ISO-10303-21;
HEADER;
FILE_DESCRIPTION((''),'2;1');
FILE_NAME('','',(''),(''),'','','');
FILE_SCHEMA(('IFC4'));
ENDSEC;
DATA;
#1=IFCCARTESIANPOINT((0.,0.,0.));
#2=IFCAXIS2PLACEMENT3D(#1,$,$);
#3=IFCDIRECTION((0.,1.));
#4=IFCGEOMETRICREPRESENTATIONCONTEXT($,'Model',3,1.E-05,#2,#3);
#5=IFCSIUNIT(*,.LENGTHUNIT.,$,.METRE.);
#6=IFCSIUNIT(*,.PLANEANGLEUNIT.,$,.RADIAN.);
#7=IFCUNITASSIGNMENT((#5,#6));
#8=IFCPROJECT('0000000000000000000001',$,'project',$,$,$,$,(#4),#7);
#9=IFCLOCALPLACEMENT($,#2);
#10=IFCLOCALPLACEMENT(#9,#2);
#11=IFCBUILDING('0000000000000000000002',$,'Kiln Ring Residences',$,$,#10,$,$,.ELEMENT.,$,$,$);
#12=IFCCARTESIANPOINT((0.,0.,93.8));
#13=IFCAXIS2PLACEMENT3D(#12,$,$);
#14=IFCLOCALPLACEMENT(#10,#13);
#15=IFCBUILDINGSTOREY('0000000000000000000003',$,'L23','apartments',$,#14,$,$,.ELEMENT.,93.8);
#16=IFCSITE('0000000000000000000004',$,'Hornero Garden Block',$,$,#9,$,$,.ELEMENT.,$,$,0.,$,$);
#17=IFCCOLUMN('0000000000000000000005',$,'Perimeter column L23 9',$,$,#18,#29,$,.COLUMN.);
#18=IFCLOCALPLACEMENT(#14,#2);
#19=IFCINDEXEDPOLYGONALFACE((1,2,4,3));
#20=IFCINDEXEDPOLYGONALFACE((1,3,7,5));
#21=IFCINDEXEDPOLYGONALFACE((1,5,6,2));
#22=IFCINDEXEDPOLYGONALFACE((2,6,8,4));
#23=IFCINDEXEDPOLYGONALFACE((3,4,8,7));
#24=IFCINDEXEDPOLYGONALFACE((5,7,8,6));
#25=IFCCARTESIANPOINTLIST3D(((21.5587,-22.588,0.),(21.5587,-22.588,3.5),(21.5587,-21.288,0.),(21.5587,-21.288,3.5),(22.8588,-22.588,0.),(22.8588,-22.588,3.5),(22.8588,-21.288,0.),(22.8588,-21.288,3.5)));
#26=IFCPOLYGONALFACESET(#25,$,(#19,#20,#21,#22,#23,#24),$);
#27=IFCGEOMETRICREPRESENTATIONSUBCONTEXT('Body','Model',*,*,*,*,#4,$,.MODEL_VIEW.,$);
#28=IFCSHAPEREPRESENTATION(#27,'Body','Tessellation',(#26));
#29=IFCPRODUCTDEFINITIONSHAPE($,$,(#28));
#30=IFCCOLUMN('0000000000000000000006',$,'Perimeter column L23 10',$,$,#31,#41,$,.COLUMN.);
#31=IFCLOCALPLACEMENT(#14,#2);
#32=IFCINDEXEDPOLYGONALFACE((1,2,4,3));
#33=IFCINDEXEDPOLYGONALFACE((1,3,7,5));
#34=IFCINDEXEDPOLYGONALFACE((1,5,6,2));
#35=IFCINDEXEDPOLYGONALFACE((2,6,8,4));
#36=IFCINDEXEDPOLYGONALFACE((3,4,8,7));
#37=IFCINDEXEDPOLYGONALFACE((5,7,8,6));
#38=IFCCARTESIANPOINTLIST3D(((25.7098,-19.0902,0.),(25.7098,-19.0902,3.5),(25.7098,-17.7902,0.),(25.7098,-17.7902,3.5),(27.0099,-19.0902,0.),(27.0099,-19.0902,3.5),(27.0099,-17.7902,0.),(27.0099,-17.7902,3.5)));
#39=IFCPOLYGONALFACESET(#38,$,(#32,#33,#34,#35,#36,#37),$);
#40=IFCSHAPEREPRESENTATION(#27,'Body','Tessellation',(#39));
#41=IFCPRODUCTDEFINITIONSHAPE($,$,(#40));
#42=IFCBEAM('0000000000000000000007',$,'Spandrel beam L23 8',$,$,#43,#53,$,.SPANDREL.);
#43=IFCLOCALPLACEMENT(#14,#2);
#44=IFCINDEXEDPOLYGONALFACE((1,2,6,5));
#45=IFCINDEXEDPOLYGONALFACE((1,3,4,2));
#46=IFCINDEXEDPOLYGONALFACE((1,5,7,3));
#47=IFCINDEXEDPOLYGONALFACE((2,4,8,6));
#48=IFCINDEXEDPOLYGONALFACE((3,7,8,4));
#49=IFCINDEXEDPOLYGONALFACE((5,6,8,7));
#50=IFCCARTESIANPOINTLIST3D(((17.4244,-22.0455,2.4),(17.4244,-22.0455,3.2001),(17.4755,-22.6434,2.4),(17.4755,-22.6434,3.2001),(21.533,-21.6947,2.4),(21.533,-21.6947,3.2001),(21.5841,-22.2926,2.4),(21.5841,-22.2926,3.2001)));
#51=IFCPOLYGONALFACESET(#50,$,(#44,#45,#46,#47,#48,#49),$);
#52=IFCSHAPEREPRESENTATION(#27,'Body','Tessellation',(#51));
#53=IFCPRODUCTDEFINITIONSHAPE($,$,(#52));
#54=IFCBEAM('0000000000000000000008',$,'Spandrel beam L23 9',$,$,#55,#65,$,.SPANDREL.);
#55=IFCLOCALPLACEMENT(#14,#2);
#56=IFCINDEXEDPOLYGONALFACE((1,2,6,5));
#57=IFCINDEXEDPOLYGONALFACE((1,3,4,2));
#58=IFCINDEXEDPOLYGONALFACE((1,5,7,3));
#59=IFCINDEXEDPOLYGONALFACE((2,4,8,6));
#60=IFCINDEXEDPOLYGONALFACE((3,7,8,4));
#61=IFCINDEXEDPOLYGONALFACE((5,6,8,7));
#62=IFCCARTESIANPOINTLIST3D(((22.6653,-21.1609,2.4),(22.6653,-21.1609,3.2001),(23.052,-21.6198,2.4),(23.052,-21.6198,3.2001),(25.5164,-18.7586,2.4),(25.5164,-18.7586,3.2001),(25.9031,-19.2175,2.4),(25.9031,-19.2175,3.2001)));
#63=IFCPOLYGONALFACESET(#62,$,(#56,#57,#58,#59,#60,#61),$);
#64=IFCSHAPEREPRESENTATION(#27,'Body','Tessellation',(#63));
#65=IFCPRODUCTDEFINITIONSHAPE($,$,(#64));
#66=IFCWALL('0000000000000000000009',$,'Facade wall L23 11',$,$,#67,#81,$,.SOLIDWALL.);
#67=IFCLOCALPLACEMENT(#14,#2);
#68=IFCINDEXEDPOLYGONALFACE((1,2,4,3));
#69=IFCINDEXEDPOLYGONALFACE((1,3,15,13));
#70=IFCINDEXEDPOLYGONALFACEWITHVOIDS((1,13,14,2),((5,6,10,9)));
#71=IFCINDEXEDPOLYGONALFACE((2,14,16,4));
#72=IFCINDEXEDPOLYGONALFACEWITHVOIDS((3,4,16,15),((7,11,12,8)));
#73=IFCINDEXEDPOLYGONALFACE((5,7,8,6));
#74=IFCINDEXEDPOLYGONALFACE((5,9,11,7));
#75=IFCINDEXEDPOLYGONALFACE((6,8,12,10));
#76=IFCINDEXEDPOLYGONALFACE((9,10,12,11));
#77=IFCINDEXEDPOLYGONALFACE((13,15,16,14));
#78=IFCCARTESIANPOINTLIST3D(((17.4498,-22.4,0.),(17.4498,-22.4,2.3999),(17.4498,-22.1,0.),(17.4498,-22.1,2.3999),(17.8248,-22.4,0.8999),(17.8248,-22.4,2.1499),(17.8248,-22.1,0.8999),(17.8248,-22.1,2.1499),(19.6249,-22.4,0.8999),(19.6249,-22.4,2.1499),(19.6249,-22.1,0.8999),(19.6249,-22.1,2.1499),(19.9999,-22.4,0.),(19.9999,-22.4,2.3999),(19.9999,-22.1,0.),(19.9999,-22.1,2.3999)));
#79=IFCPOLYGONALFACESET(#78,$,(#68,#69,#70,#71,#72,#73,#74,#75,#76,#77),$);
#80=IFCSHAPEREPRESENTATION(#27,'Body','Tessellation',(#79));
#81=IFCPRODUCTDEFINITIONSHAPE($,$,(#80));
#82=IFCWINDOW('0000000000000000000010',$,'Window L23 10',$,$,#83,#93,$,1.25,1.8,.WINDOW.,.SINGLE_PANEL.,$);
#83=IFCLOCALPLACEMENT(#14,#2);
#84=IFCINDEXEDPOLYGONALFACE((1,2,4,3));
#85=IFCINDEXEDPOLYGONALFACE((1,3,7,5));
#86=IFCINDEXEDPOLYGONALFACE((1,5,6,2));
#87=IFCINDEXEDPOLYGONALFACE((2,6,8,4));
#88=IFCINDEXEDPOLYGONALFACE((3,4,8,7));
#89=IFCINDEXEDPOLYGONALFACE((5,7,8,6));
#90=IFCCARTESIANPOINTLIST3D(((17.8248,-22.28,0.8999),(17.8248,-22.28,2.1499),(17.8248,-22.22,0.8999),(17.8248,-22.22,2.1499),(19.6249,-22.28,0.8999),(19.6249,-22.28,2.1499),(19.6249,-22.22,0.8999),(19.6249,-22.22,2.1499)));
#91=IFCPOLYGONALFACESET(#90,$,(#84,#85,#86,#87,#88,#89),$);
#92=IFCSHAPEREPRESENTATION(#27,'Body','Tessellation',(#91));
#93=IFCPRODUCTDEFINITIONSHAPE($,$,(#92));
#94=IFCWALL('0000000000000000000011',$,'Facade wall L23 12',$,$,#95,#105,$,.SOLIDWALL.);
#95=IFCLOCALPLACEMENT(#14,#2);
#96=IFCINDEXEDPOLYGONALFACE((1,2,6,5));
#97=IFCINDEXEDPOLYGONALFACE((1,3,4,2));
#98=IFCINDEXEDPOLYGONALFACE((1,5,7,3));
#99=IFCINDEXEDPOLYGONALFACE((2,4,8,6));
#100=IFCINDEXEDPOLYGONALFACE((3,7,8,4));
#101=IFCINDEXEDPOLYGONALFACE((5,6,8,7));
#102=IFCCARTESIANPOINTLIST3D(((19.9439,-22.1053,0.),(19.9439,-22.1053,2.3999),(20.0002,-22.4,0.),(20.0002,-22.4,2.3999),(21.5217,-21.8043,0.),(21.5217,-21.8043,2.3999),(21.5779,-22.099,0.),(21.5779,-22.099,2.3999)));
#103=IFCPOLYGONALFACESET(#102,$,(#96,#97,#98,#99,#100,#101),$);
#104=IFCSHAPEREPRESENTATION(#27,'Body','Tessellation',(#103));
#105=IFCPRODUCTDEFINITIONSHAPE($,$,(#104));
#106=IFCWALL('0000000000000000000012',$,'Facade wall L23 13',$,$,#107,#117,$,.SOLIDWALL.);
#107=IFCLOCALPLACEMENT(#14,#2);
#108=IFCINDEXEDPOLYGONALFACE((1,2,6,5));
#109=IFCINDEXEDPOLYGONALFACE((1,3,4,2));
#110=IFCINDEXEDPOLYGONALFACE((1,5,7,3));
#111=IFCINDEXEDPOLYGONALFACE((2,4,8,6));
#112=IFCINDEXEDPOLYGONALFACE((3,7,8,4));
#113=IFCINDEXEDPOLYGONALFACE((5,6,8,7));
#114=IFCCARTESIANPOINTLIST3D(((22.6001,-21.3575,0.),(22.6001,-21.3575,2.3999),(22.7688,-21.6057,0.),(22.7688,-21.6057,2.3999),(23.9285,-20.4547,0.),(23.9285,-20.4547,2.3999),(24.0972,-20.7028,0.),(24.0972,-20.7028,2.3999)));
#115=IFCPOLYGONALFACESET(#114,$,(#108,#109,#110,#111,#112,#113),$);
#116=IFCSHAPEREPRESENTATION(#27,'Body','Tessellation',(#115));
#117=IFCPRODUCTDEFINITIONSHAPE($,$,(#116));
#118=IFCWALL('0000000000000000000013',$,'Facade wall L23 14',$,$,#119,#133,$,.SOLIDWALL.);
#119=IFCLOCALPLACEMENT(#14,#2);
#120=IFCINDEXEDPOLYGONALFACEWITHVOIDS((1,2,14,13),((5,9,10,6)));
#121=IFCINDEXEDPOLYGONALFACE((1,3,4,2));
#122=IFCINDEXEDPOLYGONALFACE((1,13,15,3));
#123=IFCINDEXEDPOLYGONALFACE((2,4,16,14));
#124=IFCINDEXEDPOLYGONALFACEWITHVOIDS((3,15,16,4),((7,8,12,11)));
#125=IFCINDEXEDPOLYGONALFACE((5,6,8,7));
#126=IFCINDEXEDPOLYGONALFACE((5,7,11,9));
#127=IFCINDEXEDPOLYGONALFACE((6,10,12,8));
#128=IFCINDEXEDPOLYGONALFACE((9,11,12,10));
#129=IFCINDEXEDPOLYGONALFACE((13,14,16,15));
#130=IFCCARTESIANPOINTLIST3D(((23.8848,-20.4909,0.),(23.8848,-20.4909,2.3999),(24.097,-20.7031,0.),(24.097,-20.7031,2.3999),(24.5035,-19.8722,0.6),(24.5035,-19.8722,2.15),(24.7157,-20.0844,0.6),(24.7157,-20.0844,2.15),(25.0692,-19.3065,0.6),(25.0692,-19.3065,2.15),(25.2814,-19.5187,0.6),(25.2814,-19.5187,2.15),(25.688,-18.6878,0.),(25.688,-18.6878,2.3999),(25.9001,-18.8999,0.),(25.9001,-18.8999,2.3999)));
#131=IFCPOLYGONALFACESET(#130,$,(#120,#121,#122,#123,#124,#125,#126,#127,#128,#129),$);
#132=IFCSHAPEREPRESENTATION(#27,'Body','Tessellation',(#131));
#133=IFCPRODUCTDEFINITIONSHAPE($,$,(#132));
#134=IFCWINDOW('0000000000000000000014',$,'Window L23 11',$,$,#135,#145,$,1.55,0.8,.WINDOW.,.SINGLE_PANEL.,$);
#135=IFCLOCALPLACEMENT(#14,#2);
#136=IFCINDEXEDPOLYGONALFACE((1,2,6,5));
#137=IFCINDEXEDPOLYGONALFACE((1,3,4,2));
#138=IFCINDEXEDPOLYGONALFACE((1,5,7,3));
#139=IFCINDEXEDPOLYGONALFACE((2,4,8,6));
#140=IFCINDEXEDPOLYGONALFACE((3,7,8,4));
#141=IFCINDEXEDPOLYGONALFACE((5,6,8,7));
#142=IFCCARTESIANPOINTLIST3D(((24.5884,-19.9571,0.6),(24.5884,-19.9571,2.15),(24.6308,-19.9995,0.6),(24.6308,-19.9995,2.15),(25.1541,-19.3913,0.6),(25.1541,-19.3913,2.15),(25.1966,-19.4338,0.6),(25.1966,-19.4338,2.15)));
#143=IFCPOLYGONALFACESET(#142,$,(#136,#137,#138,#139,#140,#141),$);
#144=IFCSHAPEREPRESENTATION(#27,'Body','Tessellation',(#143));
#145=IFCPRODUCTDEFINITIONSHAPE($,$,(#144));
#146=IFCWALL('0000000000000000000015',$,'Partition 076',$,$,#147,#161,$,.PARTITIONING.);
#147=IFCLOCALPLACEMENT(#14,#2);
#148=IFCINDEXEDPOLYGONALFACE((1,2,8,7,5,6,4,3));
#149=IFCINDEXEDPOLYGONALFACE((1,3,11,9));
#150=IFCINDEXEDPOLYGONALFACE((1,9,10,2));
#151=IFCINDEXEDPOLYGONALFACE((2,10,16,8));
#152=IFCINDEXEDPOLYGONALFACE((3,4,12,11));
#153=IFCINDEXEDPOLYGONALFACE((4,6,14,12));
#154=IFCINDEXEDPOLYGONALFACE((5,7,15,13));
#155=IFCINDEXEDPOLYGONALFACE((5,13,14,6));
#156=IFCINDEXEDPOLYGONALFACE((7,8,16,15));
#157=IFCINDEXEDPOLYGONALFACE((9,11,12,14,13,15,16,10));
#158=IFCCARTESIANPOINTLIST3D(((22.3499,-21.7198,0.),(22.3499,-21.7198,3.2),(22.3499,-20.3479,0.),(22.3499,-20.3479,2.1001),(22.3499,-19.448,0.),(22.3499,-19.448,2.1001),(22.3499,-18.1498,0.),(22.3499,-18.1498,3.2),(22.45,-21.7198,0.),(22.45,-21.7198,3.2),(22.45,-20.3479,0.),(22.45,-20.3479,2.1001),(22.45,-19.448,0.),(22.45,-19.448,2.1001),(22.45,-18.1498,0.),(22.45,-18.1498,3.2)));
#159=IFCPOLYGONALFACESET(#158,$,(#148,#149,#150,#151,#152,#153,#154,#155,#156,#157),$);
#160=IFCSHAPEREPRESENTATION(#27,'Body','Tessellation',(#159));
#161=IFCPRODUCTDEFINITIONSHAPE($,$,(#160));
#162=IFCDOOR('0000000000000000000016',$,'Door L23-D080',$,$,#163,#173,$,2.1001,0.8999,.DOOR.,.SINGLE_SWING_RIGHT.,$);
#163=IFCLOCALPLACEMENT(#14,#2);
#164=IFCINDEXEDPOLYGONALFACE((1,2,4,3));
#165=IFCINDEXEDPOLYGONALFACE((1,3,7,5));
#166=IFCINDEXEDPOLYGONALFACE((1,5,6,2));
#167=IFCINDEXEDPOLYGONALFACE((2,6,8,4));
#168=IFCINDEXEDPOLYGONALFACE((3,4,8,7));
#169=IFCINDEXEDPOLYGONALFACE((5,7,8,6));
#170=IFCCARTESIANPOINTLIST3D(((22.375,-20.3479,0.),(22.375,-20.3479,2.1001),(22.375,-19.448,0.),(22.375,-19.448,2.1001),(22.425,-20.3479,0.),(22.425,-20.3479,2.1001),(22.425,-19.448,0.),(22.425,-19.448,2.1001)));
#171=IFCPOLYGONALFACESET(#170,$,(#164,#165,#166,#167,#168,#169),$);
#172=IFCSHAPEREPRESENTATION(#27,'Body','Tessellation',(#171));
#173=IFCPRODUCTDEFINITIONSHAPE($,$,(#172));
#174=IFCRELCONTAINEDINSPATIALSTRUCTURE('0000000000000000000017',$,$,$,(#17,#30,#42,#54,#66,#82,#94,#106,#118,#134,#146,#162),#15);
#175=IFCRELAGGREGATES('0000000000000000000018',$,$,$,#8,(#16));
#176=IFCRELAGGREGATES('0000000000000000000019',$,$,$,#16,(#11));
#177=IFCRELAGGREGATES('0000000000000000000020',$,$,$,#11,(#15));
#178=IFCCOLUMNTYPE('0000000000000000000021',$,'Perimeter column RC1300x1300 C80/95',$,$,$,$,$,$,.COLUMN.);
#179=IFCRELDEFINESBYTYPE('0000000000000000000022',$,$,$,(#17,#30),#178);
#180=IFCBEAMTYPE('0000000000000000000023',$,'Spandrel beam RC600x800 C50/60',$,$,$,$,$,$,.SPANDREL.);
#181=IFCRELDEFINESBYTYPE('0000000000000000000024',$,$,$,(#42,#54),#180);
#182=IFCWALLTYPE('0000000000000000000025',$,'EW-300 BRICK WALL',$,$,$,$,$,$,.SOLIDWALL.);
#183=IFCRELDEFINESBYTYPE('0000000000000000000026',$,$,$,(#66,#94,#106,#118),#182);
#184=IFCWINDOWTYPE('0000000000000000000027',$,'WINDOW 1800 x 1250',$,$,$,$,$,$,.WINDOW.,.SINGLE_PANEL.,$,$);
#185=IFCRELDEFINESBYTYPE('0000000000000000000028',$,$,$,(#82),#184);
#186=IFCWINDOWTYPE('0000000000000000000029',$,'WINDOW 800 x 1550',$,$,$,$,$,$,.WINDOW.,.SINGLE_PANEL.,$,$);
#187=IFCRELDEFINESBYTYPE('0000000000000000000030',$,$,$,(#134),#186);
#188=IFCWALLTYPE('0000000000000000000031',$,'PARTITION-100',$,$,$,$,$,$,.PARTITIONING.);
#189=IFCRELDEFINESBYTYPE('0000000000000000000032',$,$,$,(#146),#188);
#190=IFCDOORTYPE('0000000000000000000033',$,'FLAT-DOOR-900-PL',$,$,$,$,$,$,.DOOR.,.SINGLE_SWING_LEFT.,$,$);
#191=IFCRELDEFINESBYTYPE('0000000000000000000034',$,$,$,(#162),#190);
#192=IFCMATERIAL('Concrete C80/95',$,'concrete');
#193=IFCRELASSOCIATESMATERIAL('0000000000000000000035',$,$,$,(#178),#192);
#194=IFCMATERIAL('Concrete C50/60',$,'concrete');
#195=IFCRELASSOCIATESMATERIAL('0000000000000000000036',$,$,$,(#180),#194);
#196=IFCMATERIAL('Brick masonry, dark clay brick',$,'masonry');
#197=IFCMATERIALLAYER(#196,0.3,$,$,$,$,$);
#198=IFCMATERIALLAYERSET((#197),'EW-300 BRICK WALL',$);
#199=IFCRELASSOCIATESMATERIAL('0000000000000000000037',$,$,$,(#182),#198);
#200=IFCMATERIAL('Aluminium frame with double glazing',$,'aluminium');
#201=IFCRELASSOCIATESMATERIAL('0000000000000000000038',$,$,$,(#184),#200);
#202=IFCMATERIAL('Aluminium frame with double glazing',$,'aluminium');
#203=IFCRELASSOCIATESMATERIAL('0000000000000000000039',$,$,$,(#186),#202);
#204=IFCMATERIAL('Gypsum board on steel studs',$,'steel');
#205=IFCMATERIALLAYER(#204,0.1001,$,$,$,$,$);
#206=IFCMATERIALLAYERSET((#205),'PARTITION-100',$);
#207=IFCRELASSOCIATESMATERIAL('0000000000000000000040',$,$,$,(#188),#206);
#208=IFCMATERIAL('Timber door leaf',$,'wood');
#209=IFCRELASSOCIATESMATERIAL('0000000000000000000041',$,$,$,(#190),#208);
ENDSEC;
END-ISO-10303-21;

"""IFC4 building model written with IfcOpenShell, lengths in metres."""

from ifc_helpers import new_model, si_unit, direction, frame, frame_2d, origin, origin_2d, place, context, subcontext, project, spatial, rectangle, extrude, material, layer, layer_set, material_profile, profile_set, type_object, element, fill, save


model = new_model("IFC4")

# Units and contexts
model_context = context("Model", 3, precision=1e-05, world=origin(), true_north=direction((0.0, 1.0)))
body_context = subcontext(model_context, "Body", "Model", "MODEL_VIEW")
ifc_project = project(units=[si_unit("LENGTHUNIT", "METRE"), si_unit("PLANEANGLEUNIT", "RADIAN")], contexts=[model_context])

# Site, building, storey
site_placement = place(None, origin())
site = spatial("IfcSite", under=ifc_project, at=site_placement, Name="Hornero Garden Block", CompositionType="ELEMENT", RefElevation=0.0)
building_placement = place(site_placement, origin())
building = spatial("IfcBuilding", under=site, at=building_placement, Name="Kiln Ring Residences", CompositionType="ELEMENT")
storey_placement = place(building_placement, frame((0.0, 0.0, 93.8)))
storey = spatial("IfcBuildingStorey", under=building, at=storey_placement, Name="L23", Description="apartments", CompositionType="ELEMENT", Elevation=93.8)

# Columns
ifc_material_1 = material(Name="Concrete C80/95", Category="concrete")
ifc_material_profile_1 = material_profile(ifc_material_1, rectangle(XDim=1.3, YDim=1.3, at=origin_2d()), Name="RC1300x1300")
ifc_profile_set_1 = profile_set([ifc_material_profile_1], Name="Concrete C80/95")
column_type = type_object("IfcColumnType", Name="Perimeter column RC1300x1300 C80/95", PredefinedType="COLUMN", material=ifc_profile_set_1)
for number, where, z_axis, x_axis, name in (
    (1, (22.2087, -21.938, 0.0), (0.0, 0.0, 1.0), (1.0, 0.0, 0.0), "Perimeter column L23 9"),
    (2, (26.3599, -18.4402, 0.0), (0.0, 0.0, 1.0), (1.0, 0.0, 0.0), "Perimeter column L23 10"),
):
    element("IfcColumn", number, at=place(storey_placement, frame(where, z_axis=z_axis, x_axis=x_axis)), inside=storey, type_object=column_type, Name=name, PredefinedType="COLUMN", context=body_context, shape_type="SweptSolid", body=[
        extrude(rectangle(XDim=1.3, YDim=1.3, at=origin_2d()), origin(), (0.0, 0.0, 1.0), 3.5),
    ])

# Beams
ifc_material_2 = material(Name="Concrete C50/60", Category="concrete")
ifc_material_profile_2 = material_profile(ifc_material_2, rectangle(XDim=0.6001, YDim=0.8, at=origin_2d()), Name="RC600x800")
ifc_profile_set_2 = profile_set([ifc_material_profile_2], Name="Concrete C50/60")
beam_type = type_object("IfcBeamType", Name="Spandrel beam RC600x800 C50/60", PredefinedType="SPANDREL", material=ifc_profile_set_2)
beam_1_placement = place(storey_placement, frame((17.45, -22.3445, 2.8), z_axis=(0.996374, 0.085079, 0.0), x_axis=(-0.085079, 0.996374, 0.0)))
element("IfcBeam", 3, at=beam_1_placement, inside=storey, type_object=beam_type, Name="Spandrel beam L23 8", PredefinedType="SPANDREL", context=body_context, shape_type="SweptSolid", body=[
    extrude(rectangle(XDim=0.6001, YDim=0.8, at=origin_2d()), origin(), (0.0, 0.0, 1.0), 4.1235),
])
beam_2_placement = place(storey_placement, frame((22.8586, -21.3904, 2.8), z_axis=(0.764721, 0.644362, 0.0), x_axis=(-0.644362, 0.764721, 0.0)))
element("IfcBeam", 4, at=beam_2_placement, inside=storey, type_object=beam_type, Name="Spandrel beam L23 9", PredefinedType="SPANDREL", context=body_context, shape_type="SweptSolid", body=[
    extrude(rectangle(XDim=0.6001, YDim=0.8, at=origin_2d()), origin(), (0.0, 0.0, 1.0), 3.7283),
])

# Wall, opening, window
ifc_material_3 = material(Name="Brick masonry, dark clay brick", Category="masonry")
ifc_layer_1 = layer(ifc_material_3, 0.3)
ifc_layer_set_1 = layer_set([ifc_layer_1], Name="EW-300 BRICK WALL")
wall_type_1 = type_object("IfcWallType", Name="EW-300 BRICK WALL", PredefinedType="SOLIDWALL", material=ifc_layer_set_1)
wall_1_placement = place(storey_placement, frame((17.45, -22.25, 0.0), z_axis=(0.0, 0.0, 1.0), x_axis=(1.0, 0.0, 0.0)))
wall_1 = element("IfcWall", 5, at=wall_1_placement, inside=storey, type_object=wall_type_1, Name="Facade wall L23 11", PredefinedType="SOLIDWALL", context=body_context, shape_type="SweptSolid", body=[
    extrude(rectangle(XDim=2.55, YDim=0.3, at=frame_2d((1.2749, 0.0))), origin(), (0.0, 0.0, 1.0), 2.3999),
])
opening_1_placement = place(wall_1_placement, frame((0.375, 0.0, 0.8999)))
opening_1 = element("IfcOpeningElement", 6, at=opening_1_placement, cuts=wall_1, PredefinedType="OPENING", context=body_context, shape_type="SweptSolid", body=[
    extrude(rectangle(XDim=1.8, YDim=1.25, at=frame_2d((0.8999, 0.625))), frame((0.0, 0.1599, 0.0), z_axis=(0.0, -1.0, 0.0), x_axis=(1.0, 0.0, 0.0)), (0.0, 0.0, 1.0), 0.3201),
])
ifc_material_4 = material(Name="Aluminium frame with double glazing", Category="aluminium")
window_type_1 = type_object("IfcWindowType", Name="WINDOW 1800 x 1250", PartitioningType="SINGLE_PANEL", PredefinedType="WINDOW", material=ifc_material_4)
window_1_placement = place(opening_1_placement, origin())
window_1 = element("IfcWindow", 7, at=window_1_placement, inside=storey, type_object=window_type_1, Name="Window L23 10", OverallHeight=1.25, OverallWidth=1.8, PartitioningType="SINGLE_PANEL", PredefinedType="WINDOW", context=body_context, shape_type="SweptSolid", body=[
    extrude(rectangle(XDim=1.8, YDim=1.25, at=frame_2d((0.8999, 0.625))), frame((0.0, 0.03, 0.0), z_axis=(0.0, -1.0, 0.0), x_axis=(1.0, 0.0, 0.0)), (0.0, 0.0, 1.0), 0.0601),
])
fill(opening_1, window_1)

# Walls
for number, where, z_axis, x_axis, name in (
    (8, (19.9719, -22.2527, 0.0), (0.0, 0.0, 1.0), (0.982279, 0.187426, 0.0), "Facade wall L23 12"),
    (9, (22.6843, -21.4817, 0.0), (0.0, 0.0, 1.0), (0.827059, 0.562115, 0.0), "Facade wall L23 13"),
):
    element("IfcWall", number, at=place(storey_placement, frame(where, z_axis=z_axis, x_axis=x_axis)), inside=storey, type_object=wall_type_1, Name=name, PredefinedType="SOLIDWALL", context=body_context, shape_type="SweptSolid", body=[
        extrude(rectangle(XDim=1.6062, YDim=0.3, at=frame_2d((0.8032, 0.0))), origin(), (0.0, 0.0, 1.0), 2.3999),
    ])

# Wall, opening, window
wall_2_placement = place(storey_placement, frame((23.991, -20.5969, 0.0), z_axis=(0.0, 0.0, 1.0), x_axis=(0.707107, 0.707107, 0.0)))
wall_2 = element("IfcWall", 10, at=wall_2_placement, inside=storey, type_object=wall_type_1, Name="Facade wall L23 14", PredefinedType="SOLIDWALL", context=body_context, shape_type="SweptSolid", body=[
    extrude(rectangle(XDim=2.55, YDim=0.3, at=frame_2d((1.2749, 0.0))), origin(), (0.0, 0.0, 1.0), 2.3999),
])
opening_2_placement = place(wall_2_placement, frame((0.875, 0.0, 0.6001)))
opening_2 = element("IfcOpeningElement", 11, at=opening_2_placement, cuts=wall_2, PredefinedType="OPENING", context=body_context, shape_type="SweptSolid", body=[
    extrude(rectangle(XDim=0.8, YDim=1.55, at=frame_2d((0.3999, 0.7749))), frame((0.0, 0.1599, 0.0), z_axis=(0.0, -1.0, 0.0), x_axis=(1.0, 0.0, 0.0)), (0.0, 0.0, 1.0), 0.3201),
])
ifc_material_5 = material(Name="Aluminium frame with double glazing", Category="aluminium")
window_type_2 = type_object("IfcWindowType", Name="WINDOW 800 x 1550", PartitioningType="SINGLE_PANEL", PredefinedType="WINDOW", material=ifc_material_5)
window_2_placement = place(opening_2_placement, origin())
window_2 = element("IfcWindow", 12, at=window_2_placement, inside=storey, type_object=window_type_2, Name="Window L23 11", OverallHeight=1.55, OverallWidth=0.8, PartitioningType="SINGLE_PANEL", PredefinedType="WINDOW", context=body_context, shape_type="SweptSolid", body=[
    extrude(rectangle(XDim=0.8, YDim=1.55, at=frame_2d((0.3999, 0.7749))), frame((0.0, 0.03, 0.0), z_axis=(0.0, -1.0, 0.0), x_axis=(1.0, 0.0, 0.0)), (0.0, 0.0, 1.0), 0.0601),
])
fill(opening_2, window_2)

# Wall, opening, door
ifc_material_6 = material(Name="Gypsum board on steel studs", Category="steel")
ifc_layer_2 = layer(ifc_material_6, 0.1001)
ifc_layer_set_2 = layer_set([ifc_layer_2], Name="PARTITION-100")
wall_type_2 = type_object("IfcWallType", Name="PARTITION-100", PredefinedType="PARTITIONING", material=ifc_layer_set_2)
wall_3_placement = place(storey_placement, frame((22.3999, -21.72, 0.0), z_axis=(0.0, 0.0, 1.0), x_axis=(0.0, 1.0, 0.0)))
wall_3 = element("IfcWall", 13, at=wall_3_placement, inside=storey, type_object=wall_type_2, Name="Partition 076", PredefinedType="PARTITIONING", context=body_context, shape_type="SweptSolid", body=[
    extrude(rectangle(XDim=3.5701, YDim=0.1001, at=frame_2d((1.7852, 0.0))), origin(), (0.0, 0.0, 1.0), 3.2),
])
opening_3_placement = place(wall_3_placement, frame((1.3721, 0.0, 0.0)))
opening_3 = element("IfcOpeningElement", 14, at=opening_3_placement, cuts=wall_3, PredefinedType="OPENING", context=body_context, shape_type="SweptSolid", body=[
    extrude(rectangle(XDim=0.8999, YDim=2.1001, at=frame_2d((0.45, 1.05))), frame((0.0, 0.0601, 0.0), z_axis=(0.0, -1.0, 0.0), x_axis=(1.0, 0.0, 0.0)), (0.0, 0.0, 1.0), 0.1201),
])
ifc_material_7 = material(Name="Timber door leaf", Category="wood")
door_type = type_object("IfcDoorType", Name="FLAT-DOOR-900-PL", OperationType="SINGLE_SWING_LEFT", PredefinedType="DOOR", material=ifc_material_7)
door_placement = place(opening_3_placement, origin())
door = element("IfcDoor", 15, at=door_placement, inside=storey, type_object=door_type, Name="Door L23-D080", OperationType="SINGLE_SWING_RIGHT", OverallHeight=2.1001, OverallWidth=0.8999, PredefinedType="DOOR", context=body_context, shape_type="SweptSolid", body=[
    extrude(rectangle(XDim=0.8999, YDim=2.1001, at=frame_2d((0.45, 1.05))), frame((0.0, 0.0249, 0.0), z_axis=(0.0, -1.0, 0.0), x_axis=(1.0, 0.0, 0.0)), (0.0, 0.0, 1.0), 0.05),
])
fill(opening_3, door)

save(model, "model.ifc")
